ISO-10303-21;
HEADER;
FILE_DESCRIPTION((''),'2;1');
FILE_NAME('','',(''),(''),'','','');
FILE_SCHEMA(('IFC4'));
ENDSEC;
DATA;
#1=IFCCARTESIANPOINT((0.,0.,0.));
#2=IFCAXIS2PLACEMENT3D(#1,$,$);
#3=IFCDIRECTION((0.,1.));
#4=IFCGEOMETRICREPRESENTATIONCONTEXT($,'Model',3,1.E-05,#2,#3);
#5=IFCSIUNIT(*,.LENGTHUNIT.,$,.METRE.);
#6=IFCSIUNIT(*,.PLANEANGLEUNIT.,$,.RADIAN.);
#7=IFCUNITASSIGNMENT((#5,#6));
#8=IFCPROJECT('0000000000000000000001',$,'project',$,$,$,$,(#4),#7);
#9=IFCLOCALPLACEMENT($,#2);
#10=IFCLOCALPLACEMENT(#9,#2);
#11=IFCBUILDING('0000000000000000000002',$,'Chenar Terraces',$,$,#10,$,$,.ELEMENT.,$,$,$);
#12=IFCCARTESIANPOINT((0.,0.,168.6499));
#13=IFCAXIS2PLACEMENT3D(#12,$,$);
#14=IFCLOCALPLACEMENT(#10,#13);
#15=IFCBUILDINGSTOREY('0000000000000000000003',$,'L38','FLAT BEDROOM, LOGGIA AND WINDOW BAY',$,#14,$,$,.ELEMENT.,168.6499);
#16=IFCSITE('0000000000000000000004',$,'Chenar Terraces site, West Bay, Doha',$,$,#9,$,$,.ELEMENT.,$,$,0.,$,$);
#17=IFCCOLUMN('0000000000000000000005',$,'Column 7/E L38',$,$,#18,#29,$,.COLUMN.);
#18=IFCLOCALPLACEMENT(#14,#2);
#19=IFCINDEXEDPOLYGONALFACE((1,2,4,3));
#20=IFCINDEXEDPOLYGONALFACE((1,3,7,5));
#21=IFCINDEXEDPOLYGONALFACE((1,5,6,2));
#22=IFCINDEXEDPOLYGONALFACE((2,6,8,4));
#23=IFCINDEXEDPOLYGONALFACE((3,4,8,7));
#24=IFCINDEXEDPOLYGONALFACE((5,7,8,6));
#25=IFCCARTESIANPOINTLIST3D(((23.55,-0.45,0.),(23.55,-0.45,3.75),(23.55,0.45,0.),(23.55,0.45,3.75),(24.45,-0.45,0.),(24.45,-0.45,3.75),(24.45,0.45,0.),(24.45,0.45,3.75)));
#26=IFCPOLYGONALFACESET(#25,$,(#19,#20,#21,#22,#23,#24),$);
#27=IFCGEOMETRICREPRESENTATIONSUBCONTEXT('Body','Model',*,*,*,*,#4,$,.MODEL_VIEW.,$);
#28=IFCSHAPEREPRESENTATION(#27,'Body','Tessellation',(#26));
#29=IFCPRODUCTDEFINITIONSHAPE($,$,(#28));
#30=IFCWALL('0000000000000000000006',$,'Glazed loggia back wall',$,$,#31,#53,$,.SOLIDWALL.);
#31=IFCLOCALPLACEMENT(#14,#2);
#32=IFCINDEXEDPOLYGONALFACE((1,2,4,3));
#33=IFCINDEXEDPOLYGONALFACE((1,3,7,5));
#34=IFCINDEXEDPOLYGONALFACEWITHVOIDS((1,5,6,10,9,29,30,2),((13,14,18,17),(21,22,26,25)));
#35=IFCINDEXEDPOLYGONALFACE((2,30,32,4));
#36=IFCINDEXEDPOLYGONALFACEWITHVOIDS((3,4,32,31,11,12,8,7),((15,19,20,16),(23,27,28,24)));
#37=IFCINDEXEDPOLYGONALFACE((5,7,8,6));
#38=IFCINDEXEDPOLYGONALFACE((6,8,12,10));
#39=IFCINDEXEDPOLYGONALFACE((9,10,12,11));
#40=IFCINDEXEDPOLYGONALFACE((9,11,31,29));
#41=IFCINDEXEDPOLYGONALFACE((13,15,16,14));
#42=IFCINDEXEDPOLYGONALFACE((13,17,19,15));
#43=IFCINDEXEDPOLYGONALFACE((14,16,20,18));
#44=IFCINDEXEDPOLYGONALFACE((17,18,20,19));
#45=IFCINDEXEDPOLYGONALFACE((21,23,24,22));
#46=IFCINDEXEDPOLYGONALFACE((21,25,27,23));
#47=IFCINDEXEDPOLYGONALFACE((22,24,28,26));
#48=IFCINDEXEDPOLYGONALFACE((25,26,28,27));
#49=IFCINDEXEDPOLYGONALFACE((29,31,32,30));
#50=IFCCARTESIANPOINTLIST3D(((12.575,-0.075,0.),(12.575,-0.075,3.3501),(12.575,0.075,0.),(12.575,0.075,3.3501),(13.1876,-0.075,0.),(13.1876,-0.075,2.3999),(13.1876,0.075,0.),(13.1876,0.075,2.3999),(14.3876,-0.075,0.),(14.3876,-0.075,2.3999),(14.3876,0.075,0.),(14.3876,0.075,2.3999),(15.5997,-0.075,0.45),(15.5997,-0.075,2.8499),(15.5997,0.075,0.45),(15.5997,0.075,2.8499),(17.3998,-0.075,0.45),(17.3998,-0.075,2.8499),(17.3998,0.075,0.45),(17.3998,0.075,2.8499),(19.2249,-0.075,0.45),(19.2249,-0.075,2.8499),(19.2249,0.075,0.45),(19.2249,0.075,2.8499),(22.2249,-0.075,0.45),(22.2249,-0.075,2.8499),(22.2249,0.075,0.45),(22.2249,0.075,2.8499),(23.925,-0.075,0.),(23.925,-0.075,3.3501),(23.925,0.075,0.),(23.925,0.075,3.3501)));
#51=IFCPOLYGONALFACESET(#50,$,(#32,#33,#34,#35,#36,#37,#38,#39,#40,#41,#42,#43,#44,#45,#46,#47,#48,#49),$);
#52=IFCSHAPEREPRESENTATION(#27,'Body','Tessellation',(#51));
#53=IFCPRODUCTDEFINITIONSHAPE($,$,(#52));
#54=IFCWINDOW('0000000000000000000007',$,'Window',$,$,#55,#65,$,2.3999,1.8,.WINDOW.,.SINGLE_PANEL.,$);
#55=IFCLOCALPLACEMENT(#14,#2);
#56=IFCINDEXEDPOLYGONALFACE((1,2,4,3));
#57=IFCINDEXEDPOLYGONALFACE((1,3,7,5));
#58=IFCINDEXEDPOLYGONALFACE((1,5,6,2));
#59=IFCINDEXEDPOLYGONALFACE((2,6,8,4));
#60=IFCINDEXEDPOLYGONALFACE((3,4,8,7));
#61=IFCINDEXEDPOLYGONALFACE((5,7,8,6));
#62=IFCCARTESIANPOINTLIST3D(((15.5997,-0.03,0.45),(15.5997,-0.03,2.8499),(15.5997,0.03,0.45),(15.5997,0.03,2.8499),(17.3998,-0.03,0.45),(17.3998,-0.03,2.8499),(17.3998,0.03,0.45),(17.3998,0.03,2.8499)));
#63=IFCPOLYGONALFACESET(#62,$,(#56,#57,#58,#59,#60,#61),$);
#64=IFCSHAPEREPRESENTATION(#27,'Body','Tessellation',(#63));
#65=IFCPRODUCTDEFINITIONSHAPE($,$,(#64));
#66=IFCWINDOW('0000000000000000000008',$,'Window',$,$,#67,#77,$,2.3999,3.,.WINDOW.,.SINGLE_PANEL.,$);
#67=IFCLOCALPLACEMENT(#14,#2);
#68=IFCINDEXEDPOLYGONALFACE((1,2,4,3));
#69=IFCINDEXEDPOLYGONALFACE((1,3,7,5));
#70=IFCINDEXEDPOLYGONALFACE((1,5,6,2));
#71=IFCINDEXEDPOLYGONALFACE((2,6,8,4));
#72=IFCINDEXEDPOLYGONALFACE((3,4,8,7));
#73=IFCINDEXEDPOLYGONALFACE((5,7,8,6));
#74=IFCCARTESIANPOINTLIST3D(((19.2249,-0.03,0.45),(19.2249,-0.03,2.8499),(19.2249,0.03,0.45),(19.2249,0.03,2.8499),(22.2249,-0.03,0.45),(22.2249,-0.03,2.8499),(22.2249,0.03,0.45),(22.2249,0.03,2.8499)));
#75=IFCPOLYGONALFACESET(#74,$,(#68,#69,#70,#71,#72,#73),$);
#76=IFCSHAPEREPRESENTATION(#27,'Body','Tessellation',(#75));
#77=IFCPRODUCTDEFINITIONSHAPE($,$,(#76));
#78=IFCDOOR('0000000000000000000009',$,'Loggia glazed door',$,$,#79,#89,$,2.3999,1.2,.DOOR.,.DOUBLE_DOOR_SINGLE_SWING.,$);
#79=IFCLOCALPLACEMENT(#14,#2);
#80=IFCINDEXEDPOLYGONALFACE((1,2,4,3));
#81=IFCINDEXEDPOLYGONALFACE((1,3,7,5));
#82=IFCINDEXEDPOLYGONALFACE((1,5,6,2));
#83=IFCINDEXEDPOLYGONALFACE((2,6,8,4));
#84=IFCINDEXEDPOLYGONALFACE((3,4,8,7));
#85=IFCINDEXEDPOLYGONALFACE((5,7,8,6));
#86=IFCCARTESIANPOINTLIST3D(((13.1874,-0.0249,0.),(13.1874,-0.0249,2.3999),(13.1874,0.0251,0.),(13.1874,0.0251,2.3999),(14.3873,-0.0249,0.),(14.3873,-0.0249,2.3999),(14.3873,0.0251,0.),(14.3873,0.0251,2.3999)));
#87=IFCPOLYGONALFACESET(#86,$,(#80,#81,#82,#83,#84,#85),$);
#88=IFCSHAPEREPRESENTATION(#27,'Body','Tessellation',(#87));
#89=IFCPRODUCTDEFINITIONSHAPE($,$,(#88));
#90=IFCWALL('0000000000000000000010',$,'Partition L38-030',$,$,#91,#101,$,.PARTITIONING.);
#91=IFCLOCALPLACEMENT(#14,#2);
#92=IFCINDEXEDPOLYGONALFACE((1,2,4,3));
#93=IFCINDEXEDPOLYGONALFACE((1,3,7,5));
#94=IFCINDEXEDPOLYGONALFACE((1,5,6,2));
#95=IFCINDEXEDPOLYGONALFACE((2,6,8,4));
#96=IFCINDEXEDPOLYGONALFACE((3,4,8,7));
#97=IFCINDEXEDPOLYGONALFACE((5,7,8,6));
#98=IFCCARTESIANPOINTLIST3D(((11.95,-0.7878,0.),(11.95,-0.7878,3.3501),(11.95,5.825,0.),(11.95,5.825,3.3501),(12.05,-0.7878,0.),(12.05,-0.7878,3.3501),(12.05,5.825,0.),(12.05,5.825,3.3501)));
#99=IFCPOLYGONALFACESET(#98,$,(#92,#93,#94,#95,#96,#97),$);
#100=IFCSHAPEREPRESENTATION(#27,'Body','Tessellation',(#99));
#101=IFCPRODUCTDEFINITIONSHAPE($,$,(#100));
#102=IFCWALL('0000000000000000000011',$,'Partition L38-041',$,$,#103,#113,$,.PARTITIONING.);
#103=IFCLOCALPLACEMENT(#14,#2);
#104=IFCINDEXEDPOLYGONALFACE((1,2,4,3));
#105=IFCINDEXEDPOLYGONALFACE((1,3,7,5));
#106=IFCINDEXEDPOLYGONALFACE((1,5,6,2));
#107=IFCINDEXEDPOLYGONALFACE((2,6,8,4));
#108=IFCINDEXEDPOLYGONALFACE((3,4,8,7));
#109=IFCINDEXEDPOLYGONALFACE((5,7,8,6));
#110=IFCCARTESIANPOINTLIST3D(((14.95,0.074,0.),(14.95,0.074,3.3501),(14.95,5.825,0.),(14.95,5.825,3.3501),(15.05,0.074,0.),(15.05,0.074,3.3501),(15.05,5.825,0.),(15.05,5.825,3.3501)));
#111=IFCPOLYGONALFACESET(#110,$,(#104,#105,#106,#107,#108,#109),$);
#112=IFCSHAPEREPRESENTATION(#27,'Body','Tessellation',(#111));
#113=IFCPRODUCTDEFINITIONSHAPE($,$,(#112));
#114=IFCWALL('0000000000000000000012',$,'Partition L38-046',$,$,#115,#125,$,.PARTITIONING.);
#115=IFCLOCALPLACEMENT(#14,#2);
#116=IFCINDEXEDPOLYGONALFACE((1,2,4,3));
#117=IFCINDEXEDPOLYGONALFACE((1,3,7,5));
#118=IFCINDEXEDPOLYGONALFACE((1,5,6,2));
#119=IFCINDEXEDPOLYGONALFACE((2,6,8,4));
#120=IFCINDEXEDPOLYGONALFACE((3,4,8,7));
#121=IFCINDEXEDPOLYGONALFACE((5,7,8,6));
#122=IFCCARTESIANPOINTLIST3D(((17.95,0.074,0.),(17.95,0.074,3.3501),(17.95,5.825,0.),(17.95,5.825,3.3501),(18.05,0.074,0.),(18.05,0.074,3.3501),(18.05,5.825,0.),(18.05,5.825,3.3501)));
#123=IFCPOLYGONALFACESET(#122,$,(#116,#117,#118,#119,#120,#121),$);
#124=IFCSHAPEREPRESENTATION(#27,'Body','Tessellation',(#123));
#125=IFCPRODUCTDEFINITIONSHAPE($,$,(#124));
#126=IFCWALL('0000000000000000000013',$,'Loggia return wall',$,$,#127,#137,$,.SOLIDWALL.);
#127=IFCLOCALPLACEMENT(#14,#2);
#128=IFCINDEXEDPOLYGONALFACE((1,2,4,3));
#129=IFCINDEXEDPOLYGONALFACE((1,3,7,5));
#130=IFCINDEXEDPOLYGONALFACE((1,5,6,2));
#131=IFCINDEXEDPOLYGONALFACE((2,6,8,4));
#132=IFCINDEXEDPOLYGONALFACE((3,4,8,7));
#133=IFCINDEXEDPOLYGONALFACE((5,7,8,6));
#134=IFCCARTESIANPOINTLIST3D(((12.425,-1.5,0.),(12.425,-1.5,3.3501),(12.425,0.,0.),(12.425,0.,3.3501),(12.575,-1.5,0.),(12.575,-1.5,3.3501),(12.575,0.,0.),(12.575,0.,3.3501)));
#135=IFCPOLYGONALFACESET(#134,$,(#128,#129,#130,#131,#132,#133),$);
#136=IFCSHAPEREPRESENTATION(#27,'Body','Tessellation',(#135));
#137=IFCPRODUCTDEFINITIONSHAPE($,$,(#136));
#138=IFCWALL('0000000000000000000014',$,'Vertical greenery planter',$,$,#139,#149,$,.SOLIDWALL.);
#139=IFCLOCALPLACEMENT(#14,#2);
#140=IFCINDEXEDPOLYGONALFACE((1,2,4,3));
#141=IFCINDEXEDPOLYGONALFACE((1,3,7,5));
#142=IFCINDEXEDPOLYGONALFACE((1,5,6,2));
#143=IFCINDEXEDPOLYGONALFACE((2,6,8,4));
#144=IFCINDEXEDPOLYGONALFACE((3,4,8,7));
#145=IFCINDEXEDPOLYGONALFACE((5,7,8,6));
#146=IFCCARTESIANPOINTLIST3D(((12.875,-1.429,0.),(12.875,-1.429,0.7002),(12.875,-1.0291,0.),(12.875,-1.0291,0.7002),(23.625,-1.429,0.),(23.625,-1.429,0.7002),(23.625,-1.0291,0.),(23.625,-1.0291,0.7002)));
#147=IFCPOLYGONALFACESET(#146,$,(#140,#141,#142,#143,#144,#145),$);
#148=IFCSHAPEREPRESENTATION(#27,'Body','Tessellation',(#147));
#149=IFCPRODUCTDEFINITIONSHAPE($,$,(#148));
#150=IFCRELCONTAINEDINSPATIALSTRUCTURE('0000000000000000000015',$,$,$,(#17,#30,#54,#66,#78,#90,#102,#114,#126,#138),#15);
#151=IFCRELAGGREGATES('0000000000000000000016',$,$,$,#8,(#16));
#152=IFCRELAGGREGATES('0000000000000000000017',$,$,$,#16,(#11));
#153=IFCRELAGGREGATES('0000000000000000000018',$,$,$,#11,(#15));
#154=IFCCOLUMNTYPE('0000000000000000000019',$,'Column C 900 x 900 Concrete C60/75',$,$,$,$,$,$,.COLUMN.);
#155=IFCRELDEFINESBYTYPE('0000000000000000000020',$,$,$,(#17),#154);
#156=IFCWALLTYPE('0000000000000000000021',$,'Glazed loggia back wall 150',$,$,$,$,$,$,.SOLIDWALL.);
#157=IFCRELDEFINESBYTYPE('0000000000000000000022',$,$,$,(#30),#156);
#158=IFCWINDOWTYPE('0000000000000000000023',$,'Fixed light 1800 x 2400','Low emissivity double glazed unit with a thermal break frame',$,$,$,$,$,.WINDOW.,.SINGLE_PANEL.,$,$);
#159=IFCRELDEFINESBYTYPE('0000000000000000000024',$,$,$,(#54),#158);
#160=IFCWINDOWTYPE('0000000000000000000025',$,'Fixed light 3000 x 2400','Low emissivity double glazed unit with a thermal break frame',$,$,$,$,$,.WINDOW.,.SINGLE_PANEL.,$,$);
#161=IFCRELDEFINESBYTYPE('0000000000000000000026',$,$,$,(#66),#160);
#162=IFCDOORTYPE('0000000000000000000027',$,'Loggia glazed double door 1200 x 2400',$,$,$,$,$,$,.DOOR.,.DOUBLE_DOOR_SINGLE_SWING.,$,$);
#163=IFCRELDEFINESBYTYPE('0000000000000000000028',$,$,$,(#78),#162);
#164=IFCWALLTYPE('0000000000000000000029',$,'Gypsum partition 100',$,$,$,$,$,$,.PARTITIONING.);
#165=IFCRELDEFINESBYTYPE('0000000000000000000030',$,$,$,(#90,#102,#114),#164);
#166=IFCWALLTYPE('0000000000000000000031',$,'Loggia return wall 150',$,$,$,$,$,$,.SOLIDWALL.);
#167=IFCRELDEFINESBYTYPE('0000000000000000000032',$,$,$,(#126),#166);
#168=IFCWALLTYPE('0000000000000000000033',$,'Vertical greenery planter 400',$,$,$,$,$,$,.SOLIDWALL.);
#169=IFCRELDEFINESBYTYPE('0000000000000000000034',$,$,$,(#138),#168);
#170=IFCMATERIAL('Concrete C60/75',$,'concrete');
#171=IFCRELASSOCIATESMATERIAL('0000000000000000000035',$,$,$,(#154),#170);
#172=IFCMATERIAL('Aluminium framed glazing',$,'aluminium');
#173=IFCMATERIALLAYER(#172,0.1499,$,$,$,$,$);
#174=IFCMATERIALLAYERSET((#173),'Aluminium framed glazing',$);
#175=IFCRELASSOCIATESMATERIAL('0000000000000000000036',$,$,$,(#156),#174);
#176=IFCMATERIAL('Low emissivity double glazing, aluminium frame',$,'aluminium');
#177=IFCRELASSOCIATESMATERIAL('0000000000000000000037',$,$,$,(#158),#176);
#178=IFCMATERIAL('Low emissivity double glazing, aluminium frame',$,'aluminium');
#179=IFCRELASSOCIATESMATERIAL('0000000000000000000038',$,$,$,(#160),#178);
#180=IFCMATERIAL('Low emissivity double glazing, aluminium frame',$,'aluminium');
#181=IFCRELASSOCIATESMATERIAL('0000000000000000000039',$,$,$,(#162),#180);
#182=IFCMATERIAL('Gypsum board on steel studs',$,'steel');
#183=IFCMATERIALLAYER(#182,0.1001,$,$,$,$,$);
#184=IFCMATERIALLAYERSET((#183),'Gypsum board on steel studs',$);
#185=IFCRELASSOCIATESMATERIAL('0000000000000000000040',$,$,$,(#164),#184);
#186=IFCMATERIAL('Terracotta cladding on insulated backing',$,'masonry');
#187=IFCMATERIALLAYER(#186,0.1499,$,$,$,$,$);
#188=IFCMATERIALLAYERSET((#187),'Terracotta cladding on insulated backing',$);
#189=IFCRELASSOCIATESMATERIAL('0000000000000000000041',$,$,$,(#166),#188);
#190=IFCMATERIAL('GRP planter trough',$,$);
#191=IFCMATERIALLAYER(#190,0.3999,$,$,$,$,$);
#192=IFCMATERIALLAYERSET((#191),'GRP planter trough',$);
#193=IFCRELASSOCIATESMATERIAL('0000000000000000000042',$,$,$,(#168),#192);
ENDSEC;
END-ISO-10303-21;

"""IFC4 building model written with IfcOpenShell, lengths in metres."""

from ifc_helpers import new_model, si_unit, direction, frame, frame_2d, origin, origin_2d, place, context, subcontext, project, spatial, rectangle, extrude, material, layer, layer_set, material_profile, profile_set, type_object, element, fill, save


model = new_model("IFC4")

# Units and contexts
model_context = context("Model", 3, precision=1e-05, world=origin(), true_north=direction((0.0, 1.0)))
body_context = subcontext(model_context, "Body", "Model", "MODEL_VIEW")
ifc_project = project(units=[si_unit("LENGTHUNIT", "METRE"), si_unit("PLANEANGLEUNIT", "RADIAN")], contexts=[model_context])

# Site, building, storey
site_placement = place(None, origin())
site = spatial("IfcSite", under=ifc_project, at=site_placement, Name="Chenar Terraces site, West Bay, Doha", CompositionType="ELEMENT", RefElevation=0.0)
building_placement = place(site_placement, origin())
building = spatial("IfcBuilding", under=site, at=building_placement, Name="Chenar Terraces", CompositionType="ELEMENT")
storey_placement = place(building_placement, frame((0.0, 0.0, 168.6499)))
storey = spatial("IfcBuildingStorey", under=building, at=storey_placement, Name="L38", Description="FLAT BEDROOM, LOGGIA AND WINDOW BAY", CompositionType="ELEMENT", Elevation=168.6499)

# Column
ifc_material_1 = material(Name="Concrete C60/75", Category="concrete")
ifc_material_profile = material_profile(ifc_material_1, rectangle(XDim=0.8999, YDim=0.8999, at=origin_2d()), Name="C 900 x 900")
ifc_profile_set = profile_set([ifc_material_profile], Name="Concrete C60/75")
column_type = type_object("IfcColumnType", Name="Column C 900 x 900 Concrete C60/75", PredefinedType="COLUMN", material=ifc_profile_set)
column_placement = place(storey_placement, frame((24.0, 0.0, 0.0), z_axis=(0.0, 0.0, 1.0), x_axis=(1.0, 0.0, 0.0)))
element("IfcColumn", 1, at=column_placement, inside=storey, type_object=column_type, Name="Column 7/E L38", PredefinedType="COLUMN", context=body_context, shape_type="SweptSolid", body=[
    extrude(rectangle(XDim=0.8999, YDim=0.8999, at=origin_2d()), origin(), (0.0, 0.0, 1.0), 3.75),
])

# Wall, openings, windows, door
ifc_material_2 = material(Name="Aluminium framed glazing", Category="aluminium")
ifc_layer_1 = layer(ifc_material_2, 0.1499)
ifc_layer_set_1 = layer_set([ifc_layer_1], Name="Aluminium framed glazing")
wall_type_1 = type_object("IfcWallType", Name="Glazed loggia back wall 150", PredefinedType="SOLIDWALL", material=ifc_layer_set_1)
wall_1_placement = place(storey_placement, frame((12.575, 0.0, 0.0), z_axis=(0.0, 0.0, 1.0), x_axis=(1.0, 0.0, 0.0)))
wall_1 = element("IfcWall", 2, at=wall_1_placement, inside=storey, type_object=wall_type_1, Name="Glazed loggia back wall", PredefinedType="SOLIDWALL", context=body_context, shape_type="SweptSolid", body=[
    extrude(rectangle(XDim=11.3501, YDim=0.1499, at=frame_2d((5.675, 0.0))), origin(), (0.0, 0.0, 1.0), 3.3501),
])
opening_1_placement = place(wall_1_placement, frame((0.6125, 0.0, 0.0)))
opening_1 = element("IfcOpeningElement", 3, at=opening_1_placement, cuts=wall_1, PredefinedType="OPENING", context=body_context, shape_type="SweptSolid", body=[
    extrude(rectangle(XDim=1.2, YDim=2.3999, at=frame_2d((0.6001, 1.2))), frame((0.0, 0.085, 0.0), z_axis=(0.0, -1.0, 0.0), x_axis=(1.0, 0.0, 0.0)), (0.0, 0.0, 1.0), 0.1699),
])
opening_2_placement = place(wall_1_placement, frame((3.0249, 0.0, 0.45)))
opening_2 = element("IfcOpeningElement", 4, at=opening_2_placement, cuts=wall_1, PredefinedType="OPENING", context=body_context, shape_type="SweptSolid", body=[
    extrude(rectangle(XDim=1.8, YDim=2.3999, at=frame_2d((0.8999, 1.2))), frame((0.0, 0.085, 0.0), z_axis=(0.0, -1.0, 0.0), x_axis=(1.0, 0.0, 0.0)), (0.0, 0.0, 1.0), 0.1699),
])
opening_3_placement = place(wall_1_placement, frame((6.6499, 0.0, 0.45)))
opening_3 = element("IfcOpeningElement", 5, at=opening_3_placement, cuts=wall_1, PredefinedType="OPENING", context=body_context, shape_type="SweptSolid", body=[
    extrude(rectangle(XDim=3.0, YDim=2.3999, at=frame_2d((1.5, 1.2))), frame((0.0, 0.085, 0.0), z_axis=(0.0, -1.0, 0.0), x_axis=(1.0, 0.0, 0.0)), (0.0, 0.0, 1.0), 0.1699),
])
ifc_material_3 = material(Name="Low emissivity double glazing, aluminium frame", Category="aluminium")
window_type_1 = type_object("IfcWindowType", Name="Fixed light 1800 x 2400", Description="Low emissivity double glazed unit with a thermal break frame", PartitioningType="SINGLE_PANEL", PredefinedType="WINDOW", material=ifc_material_3)
window_1_placement = place(opening_2_placement, origin())
window_1 = element("IfcWindow", 6, at=window_1_placement, inside=storey, type_object=window_type_1, Name="Window", OverallHeight=2.3999, OverallWidth=1.8, PartitioningType="SINGLE_PANEL", PredefinedType="WINDOW", context=body_context, shape_type="SweptSolid", body=[
    extrude(rectangle(XDim=1.8, YDim=2.3999, at=frame_2d((0.8999, 1.2))), frame((0.0, 0.03, 0.0), z_axis=(0.0, -1.0, 0.0), x_axis=(1.0, 0.0, 0.0)), (0.0, 0.0, 1.0), 0.0601),
])
fill(opening_2, window_1)
ifc_material_4 = material(Name="Low emissivity double glazing, aluminium frame", Category="aluminium")
window_type_2 = type_object("IfcWindowType", Name="Fixed light 3000 x 2400", Description="Low emissivity double glazed unit with a thermal break frame", PartitioningType="SINGLE_PANEL", PredefinedType="WINDOW", material=ifc_material_4)
window_2_placement = place(opening_3_placement, origin())
window_2 = element("IfcWindow", 7, at=window_2_placement, inside=storey, type_object=window_type_2, Name="Window", OverallHeight=2.3999, OverallWidth=3.0, PartitioningType="SINGLE_PANEL", PredefinedType="WINDOW", context=body_context, shape_type="SweptSolid", body=[
    extrude(rectangle(XDim=3.0, YDim=2.3999, at=frame_2d((1.5, 1.2))), frame((0.0, 0.03, 0.0), z_axis=(0.0, -1.0, 0.0), x_axis=(1.0, 0.0, 0.0)), (0.0, 0.0, 1.0), 0.0601),
])
fill(opening_3, window_2)
ifc_material_5 = material(Name="Low emissivity double glazing, aluminium frame", Category="aluminium")
door_type = type_object("IfcDoorType", Name="Loggia glazed double door 1200 x 2400", OperationType="DOUBLE_DOOR_SINGLE_SWING", PredefinedType="DOOR", material=ifc_material_5)
door_placement = place(opening_1_placement, frame((1.2, 0.0, 0.0), z_axis=(0.0, 0.0, 1.0), x_axis=(-1.0, 0.0, 0.0)))
door = element("IfcDoor", 8, at=door_placement, inside=storey, type_object=door_type, Name="Loggia glazed door", OperationType="DOUBLE_DOOR_SINGLE_SWING", OverallHeight=2.3999, OverallWidth=1.2, PredefinedType="DOOR", context=body_context, shape_type="SweptSolid", body=[
    extrude(rectangle(XDim=1.2, YDim=2.3999, at=frame_2d((0.6001, 1.2))), frame((0.0, 0.0249, 0.0), z_axis=(0.0, -1.0, 0.0), x_axis=(1.0, 0.0, 0.0)), (0.0, 0.0, 1.0), 0.05),
])
fill(opening_1, door)

# Walls
ifc_material_6 = material(Name="Gypsum board on steel studs", Category="steel")
ifc_layer_2 = layer(ifc_material_6, 0.1001)
ifc_layer_set_2 = layer_set([ifc_layer_2], Name="Gypsum board on steel studs")
wall_type_2 = type_object("IfcWallType", Name="Gypsum partition 100", PredefinedType="PARTITIONING", material=ifc_layer_set_2)
wall_2_placement = place(storey_placement, frame((12.0, -0.7878, 0.0), z_axis=(0.0, 0.0, 1.0), x_axis=(0.0, 1.0, 0.0)))
element("IfcWall", 9, at=wall_2_placement, inside=storey, type_object=wall_type_2, Name="Partition L38-030", PredefinedType="PARTITIONING", context=body_context, shape_type="SweptSolid", body=[
    extrude(rectangle(XDim=6.6128, YDim=0.1001, at=frame_2d((3.3064, 0.0))), origin(), (0.0, 0.0, 1.0), 3.3501),
])
for number, where, z_axis, x_axis, name in (
    (10, (15.0, 0.074, 0.0), (0.0, 0.0, 1.0), (0.0, 1.0, 0.0), "Partition L38-041"),
    (11, (18.0, 0.074, 0.0), (0.0, 0.0, 1.0), (0.0, 1.0, 0.0), "Partition L38-046"),
):
    element("IfcWall", number, at=place(storey_placement, frame(where, z_axis=z_axis, x_axis=x_axis)), inside=storey, type_object=wall_type_2, Name=name, PredefinedType="PARTITIONING", context=body_context, shape_type="SweptSolid", body=[
        extrude(rectangle(XDim=5.751, YDim=0.1001, at=frame_2d((2.8755, 0.0))), origin(), (0.0, 0.0, 1.0), 3.3501),
    ])
ifc_material_7 = material(Name="Terracotta cladding on insulated backing", Category="masonry")
ifc_layer_3 = layer(ifc_material_7, 0.1499)
ifc_layer_set_3 = layer_set([ifc_layer_3], Name="Terracotta cladding on insulated backing")
wall_type_3 = type_object("IfcWallType", Name="Loggia return wall 150", PredefinedType="SOLIDWALL", material=ifc_layer_set_3)
wall_3_placement = place(storey_placement, frame((12.5, -1.5, 0.0), z_axis=(0.0, 0.0, 1.0), x_axis=(0.0, 1.0, 0.0)))
element("IfcWall", 12, at=wall_3_placement, inside=storey, type_object=wall_type_3, Name="Loggia return wall", PredefinedType="SOLIDWALL", context=body_context, shape_type="SweptSolid", body=[
    extrude(rectangle(XDim=1.5, YDim=0.1499, at=frame_2d((0.75, 0.0))), origin(), (0.0, 0.0, 1.0), 3.3501),
])
ifc_material_8 = material(Name="GRP planter trough")
ifc_layer_4 = layer(ifc_material_8, 0.3999)
ifc_layer_set_4 = layer_set([ifc_layer_4], Name="GRP planter trough")
wall_type_4 = type_object("IfcWallType", Name="Vertical greenery planter 400", PredefinedType="SOLIDWALL", material=ifc_layer_set_4)
wall_4_placement = place(storey_placement, frame((12.875, -1.229, 0.0), z_axis=(0.0, 0.0, 1.0), x_axis=(1.0, 0.0, 0.0)))
element("IfcWall", 13, at=wall_4_placement, inside=storey, type_object=wall_type_4, Name="Vertical greenery planter", PredefinedType="SOLIDWALL", context=body_context, shape_type="SweptSolid", body=[
    extrude(rectangle(XDim=10.75, YDim=0.3999, at=frame_2d((5.375, 0.0))), origin(), (0.0, 0.0, 1.0), 0.7002),
])

save(model, "model.ifc")
